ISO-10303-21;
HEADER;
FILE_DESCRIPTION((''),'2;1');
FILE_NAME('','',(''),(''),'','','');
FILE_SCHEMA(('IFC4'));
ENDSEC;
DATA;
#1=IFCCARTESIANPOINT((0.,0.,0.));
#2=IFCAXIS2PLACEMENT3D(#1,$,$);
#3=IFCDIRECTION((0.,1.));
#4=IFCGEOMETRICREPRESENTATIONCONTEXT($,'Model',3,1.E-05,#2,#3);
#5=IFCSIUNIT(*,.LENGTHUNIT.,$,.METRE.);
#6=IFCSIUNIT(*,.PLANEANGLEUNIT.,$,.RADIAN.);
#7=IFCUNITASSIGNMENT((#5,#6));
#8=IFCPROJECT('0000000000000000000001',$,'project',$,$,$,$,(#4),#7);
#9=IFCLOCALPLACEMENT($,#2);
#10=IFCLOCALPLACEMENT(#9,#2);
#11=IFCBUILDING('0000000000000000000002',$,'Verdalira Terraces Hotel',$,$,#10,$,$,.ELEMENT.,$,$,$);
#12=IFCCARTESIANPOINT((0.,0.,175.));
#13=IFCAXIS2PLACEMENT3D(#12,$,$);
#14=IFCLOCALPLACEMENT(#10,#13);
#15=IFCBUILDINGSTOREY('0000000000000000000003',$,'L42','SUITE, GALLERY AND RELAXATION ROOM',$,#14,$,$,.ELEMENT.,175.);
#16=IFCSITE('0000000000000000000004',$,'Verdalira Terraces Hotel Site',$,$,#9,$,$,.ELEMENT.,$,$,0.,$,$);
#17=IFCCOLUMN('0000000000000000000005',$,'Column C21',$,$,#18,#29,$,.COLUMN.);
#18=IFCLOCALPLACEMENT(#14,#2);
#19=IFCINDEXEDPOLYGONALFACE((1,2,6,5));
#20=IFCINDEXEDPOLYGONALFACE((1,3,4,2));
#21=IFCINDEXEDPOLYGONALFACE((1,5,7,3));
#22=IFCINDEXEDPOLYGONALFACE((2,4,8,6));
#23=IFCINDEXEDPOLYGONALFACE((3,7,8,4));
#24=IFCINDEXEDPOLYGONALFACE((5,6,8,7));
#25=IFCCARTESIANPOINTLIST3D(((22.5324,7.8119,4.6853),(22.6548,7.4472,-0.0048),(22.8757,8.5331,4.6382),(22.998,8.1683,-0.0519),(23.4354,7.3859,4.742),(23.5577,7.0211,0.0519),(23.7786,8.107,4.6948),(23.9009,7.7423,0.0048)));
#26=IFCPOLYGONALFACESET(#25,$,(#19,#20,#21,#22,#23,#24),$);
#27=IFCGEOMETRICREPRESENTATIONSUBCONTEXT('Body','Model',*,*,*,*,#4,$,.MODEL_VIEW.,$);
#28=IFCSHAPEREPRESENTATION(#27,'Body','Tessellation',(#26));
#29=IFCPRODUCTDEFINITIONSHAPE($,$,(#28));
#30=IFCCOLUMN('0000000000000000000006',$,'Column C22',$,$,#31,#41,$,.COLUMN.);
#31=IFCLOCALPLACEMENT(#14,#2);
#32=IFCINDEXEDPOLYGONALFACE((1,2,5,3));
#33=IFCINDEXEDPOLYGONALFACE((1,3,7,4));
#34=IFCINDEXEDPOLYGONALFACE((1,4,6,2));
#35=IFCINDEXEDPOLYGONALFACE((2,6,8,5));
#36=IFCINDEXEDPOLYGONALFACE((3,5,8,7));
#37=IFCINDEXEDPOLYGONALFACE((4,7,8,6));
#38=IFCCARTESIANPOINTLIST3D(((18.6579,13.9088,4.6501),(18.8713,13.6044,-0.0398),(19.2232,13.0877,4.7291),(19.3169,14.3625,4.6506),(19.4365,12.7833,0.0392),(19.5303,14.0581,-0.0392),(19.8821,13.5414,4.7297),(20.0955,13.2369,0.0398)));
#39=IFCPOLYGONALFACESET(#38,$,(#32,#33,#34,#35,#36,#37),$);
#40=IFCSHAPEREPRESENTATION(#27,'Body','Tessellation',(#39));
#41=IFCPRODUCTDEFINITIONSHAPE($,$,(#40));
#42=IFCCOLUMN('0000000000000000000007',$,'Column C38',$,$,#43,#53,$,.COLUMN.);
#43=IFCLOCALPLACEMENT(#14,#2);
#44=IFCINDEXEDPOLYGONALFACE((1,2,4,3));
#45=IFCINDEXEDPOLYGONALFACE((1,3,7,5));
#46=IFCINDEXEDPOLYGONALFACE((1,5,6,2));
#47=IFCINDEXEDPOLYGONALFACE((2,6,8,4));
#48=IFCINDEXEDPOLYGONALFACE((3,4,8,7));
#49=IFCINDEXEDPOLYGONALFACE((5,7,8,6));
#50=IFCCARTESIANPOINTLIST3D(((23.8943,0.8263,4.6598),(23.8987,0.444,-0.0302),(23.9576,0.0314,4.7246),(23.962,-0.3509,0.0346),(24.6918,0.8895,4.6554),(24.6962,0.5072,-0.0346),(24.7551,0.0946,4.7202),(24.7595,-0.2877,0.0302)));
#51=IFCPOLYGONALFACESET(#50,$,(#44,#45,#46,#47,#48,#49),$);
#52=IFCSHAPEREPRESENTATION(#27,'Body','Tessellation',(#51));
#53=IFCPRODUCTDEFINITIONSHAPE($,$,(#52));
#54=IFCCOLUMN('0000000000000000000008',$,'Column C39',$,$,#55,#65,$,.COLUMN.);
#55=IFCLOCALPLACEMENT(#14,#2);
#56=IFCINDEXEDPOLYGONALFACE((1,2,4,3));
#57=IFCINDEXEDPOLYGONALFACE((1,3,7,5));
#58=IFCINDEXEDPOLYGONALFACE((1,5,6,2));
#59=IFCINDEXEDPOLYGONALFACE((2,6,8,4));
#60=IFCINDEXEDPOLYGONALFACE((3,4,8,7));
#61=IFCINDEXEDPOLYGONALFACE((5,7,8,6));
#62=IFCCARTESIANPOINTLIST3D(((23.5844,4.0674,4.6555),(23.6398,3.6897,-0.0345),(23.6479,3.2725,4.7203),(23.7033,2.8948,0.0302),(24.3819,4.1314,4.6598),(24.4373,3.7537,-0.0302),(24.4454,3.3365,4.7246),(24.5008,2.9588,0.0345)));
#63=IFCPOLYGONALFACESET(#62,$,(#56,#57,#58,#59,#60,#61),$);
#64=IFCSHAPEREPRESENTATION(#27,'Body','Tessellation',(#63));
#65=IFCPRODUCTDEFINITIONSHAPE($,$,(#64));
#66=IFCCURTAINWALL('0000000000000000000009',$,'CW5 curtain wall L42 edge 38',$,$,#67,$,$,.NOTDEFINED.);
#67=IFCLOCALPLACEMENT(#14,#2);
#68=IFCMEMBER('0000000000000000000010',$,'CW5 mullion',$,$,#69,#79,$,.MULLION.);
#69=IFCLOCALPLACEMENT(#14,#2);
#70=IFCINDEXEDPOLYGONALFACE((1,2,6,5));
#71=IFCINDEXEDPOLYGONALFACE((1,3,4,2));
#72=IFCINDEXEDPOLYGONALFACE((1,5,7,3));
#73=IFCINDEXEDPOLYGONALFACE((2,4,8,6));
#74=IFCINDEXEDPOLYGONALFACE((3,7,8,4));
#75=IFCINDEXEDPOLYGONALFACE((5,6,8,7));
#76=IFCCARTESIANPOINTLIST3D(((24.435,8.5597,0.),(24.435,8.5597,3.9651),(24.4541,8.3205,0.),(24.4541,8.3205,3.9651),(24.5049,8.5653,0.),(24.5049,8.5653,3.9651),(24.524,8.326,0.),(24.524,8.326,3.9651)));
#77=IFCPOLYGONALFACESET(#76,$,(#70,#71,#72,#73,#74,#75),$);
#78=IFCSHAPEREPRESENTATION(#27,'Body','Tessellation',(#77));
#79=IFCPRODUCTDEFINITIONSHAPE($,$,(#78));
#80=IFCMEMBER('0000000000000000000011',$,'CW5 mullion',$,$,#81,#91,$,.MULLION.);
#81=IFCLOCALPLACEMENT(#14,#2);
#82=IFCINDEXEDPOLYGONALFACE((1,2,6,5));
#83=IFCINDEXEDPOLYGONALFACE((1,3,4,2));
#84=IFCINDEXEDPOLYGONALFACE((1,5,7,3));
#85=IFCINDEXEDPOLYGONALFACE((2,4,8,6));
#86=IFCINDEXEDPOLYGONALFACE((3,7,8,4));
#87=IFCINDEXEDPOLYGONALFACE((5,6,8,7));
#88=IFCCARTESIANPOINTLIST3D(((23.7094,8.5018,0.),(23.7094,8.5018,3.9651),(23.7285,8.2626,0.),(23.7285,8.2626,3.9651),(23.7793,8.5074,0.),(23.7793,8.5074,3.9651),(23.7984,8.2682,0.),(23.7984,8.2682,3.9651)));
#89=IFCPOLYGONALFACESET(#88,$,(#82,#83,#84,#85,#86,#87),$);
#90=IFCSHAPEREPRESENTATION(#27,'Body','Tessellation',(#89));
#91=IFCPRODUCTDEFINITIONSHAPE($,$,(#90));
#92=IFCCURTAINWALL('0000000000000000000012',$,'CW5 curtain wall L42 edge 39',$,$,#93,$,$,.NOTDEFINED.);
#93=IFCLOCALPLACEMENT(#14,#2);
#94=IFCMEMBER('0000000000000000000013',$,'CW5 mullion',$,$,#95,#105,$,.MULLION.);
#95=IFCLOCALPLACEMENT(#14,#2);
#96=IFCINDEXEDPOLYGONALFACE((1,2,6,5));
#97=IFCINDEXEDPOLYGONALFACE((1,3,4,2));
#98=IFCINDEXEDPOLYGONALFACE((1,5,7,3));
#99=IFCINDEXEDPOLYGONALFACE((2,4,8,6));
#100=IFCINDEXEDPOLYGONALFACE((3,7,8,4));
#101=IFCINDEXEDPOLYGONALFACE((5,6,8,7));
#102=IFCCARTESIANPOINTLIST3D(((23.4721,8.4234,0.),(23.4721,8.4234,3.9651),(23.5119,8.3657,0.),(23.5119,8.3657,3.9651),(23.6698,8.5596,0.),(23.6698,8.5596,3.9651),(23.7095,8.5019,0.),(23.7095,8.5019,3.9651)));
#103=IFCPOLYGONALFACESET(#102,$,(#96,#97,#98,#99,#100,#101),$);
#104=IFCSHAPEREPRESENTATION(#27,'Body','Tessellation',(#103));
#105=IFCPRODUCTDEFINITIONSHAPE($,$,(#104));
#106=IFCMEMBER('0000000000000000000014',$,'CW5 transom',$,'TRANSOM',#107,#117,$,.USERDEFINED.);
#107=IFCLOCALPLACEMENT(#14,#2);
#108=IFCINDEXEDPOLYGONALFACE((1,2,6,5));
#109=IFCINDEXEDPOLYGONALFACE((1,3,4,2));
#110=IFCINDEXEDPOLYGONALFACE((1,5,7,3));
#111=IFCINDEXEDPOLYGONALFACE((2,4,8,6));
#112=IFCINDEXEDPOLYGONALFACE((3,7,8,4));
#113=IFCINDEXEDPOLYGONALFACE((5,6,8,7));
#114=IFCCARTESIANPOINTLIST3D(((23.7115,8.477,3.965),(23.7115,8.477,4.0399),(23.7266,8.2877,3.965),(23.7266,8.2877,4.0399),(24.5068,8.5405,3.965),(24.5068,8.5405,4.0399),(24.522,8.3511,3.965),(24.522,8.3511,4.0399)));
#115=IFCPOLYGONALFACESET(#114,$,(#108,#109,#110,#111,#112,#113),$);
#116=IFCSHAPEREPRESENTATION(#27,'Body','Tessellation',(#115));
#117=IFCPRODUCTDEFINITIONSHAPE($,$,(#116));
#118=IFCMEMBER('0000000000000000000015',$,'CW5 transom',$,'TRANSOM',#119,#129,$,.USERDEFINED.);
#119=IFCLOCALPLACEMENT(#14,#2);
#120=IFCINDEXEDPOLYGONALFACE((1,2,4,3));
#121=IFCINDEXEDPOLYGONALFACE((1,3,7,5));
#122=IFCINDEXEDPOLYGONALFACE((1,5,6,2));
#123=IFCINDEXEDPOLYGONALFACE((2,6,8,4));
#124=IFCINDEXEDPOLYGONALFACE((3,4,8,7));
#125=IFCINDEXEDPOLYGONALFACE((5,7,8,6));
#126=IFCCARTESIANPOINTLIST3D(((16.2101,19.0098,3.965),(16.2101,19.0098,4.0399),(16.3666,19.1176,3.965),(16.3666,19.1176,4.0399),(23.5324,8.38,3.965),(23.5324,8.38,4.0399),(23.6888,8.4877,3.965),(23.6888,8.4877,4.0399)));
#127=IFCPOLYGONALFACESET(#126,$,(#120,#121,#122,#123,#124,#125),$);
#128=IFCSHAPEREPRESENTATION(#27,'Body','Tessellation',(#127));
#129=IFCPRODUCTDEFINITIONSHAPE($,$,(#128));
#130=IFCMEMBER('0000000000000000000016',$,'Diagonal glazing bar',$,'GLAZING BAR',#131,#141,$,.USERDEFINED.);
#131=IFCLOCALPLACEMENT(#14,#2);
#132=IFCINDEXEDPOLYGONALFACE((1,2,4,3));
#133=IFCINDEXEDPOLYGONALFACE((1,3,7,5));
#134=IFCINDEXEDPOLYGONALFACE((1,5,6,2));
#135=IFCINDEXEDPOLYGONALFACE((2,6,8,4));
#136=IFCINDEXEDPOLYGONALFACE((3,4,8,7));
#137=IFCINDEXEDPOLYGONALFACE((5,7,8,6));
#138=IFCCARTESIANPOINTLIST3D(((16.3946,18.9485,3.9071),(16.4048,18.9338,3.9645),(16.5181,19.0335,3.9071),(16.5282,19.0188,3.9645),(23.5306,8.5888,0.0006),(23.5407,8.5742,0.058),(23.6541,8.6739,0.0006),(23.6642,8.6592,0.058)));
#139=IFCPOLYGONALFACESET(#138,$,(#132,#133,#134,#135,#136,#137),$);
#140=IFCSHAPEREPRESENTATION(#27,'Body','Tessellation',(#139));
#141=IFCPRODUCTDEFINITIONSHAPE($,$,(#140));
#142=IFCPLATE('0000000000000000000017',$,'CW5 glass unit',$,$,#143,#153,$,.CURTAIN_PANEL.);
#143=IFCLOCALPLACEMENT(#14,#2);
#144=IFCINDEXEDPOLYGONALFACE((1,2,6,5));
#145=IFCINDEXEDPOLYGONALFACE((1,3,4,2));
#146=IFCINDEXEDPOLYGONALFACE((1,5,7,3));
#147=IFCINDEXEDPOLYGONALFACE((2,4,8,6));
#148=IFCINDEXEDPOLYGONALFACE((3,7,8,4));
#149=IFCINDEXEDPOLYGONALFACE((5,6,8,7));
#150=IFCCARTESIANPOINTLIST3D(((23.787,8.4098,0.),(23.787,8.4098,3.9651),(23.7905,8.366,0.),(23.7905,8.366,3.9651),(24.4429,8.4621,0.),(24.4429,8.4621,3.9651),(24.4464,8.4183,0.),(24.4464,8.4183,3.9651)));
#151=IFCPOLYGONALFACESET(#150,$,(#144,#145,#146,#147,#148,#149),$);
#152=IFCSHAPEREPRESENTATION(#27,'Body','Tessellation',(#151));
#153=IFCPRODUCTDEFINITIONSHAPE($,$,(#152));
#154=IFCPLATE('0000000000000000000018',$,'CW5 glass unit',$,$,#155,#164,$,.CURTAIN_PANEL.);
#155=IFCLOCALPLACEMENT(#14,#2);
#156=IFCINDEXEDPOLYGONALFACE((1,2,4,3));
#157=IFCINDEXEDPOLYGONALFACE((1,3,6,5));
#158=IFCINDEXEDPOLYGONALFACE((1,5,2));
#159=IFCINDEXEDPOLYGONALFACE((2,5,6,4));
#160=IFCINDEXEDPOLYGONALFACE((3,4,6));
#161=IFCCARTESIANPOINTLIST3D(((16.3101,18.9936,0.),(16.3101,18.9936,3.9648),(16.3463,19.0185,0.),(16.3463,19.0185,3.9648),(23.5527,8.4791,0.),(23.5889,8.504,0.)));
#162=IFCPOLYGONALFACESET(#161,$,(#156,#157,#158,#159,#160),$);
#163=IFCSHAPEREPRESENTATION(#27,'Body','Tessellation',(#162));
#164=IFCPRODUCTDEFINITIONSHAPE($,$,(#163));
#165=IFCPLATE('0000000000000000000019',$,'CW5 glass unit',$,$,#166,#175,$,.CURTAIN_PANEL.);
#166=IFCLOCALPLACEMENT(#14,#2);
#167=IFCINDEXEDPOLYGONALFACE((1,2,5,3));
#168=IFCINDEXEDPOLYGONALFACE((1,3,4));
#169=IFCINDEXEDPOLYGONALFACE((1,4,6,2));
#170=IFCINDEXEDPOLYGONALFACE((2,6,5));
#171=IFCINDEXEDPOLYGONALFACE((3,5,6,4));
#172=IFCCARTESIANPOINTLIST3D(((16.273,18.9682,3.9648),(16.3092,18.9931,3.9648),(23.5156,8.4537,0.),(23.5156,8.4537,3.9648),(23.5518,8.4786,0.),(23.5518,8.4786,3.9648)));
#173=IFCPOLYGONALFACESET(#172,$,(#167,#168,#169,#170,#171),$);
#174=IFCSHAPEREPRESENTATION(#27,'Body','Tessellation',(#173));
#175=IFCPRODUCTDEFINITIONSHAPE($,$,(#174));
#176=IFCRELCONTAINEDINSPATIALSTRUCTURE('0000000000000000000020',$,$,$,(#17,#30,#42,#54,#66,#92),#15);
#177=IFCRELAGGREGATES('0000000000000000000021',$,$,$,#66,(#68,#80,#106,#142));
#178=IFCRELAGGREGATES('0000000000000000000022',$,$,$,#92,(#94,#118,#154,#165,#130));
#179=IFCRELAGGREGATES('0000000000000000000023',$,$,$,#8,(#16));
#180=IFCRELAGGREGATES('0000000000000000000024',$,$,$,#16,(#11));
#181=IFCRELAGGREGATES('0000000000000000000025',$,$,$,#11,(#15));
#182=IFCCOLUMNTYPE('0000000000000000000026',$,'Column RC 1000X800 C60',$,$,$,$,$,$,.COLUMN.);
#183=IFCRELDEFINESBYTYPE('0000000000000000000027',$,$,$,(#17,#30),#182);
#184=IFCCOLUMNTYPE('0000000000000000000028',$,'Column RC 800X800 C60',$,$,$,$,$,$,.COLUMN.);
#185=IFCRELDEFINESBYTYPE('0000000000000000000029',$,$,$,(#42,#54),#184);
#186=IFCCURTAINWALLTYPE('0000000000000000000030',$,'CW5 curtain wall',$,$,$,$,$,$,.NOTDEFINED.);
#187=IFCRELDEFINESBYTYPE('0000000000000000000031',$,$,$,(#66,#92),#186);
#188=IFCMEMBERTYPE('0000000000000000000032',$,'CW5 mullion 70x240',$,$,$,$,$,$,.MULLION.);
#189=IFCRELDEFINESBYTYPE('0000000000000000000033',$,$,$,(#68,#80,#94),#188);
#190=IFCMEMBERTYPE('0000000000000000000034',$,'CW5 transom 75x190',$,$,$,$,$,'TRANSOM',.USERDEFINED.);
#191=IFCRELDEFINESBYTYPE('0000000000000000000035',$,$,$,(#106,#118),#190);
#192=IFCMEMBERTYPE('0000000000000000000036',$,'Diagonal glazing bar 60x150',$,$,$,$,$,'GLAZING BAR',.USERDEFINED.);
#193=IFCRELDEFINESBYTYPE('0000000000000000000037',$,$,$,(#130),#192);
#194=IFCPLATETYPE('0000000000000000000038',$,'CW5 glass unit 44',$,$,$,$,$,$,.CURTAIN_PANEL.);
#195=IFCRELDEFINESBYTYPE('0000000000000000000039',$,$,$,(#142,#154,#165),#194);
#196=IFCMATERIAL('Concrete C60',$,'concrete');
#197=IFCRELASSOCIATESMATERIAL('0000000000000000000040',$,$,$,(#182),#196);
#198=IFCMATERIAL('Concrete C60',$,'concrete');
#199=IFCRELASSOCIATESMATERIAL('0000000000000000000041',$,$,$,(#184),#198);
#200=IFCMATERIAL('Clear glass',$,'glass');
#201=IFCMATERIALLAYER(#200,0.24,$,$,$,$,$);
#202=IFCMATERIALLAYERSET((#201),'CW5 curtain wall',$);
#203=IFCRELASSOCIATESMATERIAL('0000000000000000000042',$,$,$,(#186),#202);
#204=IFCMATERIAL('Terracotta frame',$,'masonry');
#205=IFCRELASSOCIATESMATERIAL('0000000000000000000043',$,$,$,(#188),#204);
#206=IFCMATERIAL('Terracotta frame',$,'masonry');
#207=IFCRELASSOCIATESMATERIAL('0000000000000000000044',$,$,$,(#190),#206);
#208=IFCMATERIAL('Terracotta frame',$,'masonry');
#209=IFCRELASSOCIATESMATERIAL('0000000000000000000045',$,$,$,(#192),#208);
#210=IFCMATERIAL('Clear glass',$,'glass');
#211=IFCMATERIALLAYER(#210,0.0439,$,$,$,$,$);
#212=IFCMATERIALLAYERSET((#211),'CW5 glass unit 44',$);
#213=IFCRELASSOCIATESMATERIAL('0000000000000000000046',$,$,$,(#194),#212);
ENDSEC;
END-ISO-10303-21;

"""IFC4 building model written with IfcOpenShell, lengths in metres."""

from ifc_helpers import new_model, si_unit, direction, frame, origin, origin_2d, place, context, subcontext, project, spatial, polyline, rectangle, outline, extrude, material, layer, layer_set, material_profile, profile_set, type_object, element, aggregate, save


model = new_model("IFC4")

# Units and contexts
model_context = context("Model", 3, precision=1e-05, world=origin(), true_north=direction((0.0, 1.0)))
body_context = subcontext(model_context, "Body", "Model", "MODEL_VIEW")
ifc_project = project(units=[si_unit("LENGTHUNIT", "METRE"), si_unit("PLANEANGLEUNIT", "RADIAN")], contexts=[model_context])

# Site, building, storey
site_placement = place(None, origin())
site = spatial("IfcSite", under=ifc_project, at=site_placement, Name="Verdalira Terraces Hotel Site", CompositionType="ELEMENT", RefElevation=0.0)
building_placement = place(site_placement, origin())
building = spatial("IfcBuilding", under=site, at=building_placement, Name="Verdalira Terraces Hotel", CompositionType="ELEMENT")
storey_placement = place(building_placement, frame((0.0, 0.0, 175.0)))
storey = spatial("IfcBuildingStorey", under=building, at=storey_placement, Name="L42", Description="SUITE, GALLERY AND RELAXATION ROOM", CompositionType="ELEMENT", Elevation=175.0)

# Columns
ifc_material_1 = material(Name="Concrete C60", Category="concrete")
ifc_material_profile_1 = material_profile(ifc_material_1, rectangle(XDim=1.0, YDim=0.8, at=origin_2d()), Name="RC 1000X800")
ifc_profile_set_1 = profile_set([ifc_material_profile_1], Name="Concrete C60")
column_type_1 = type_object("IfcColumnType", Name="Column RC 1000X800 C60", PredefinedType="COLUMN", material=ifc_profile_set_1)
column_1_placement = place(storey_placement, frame((23.2778, 7.5947, 0.0), z_axis=(-0.025993, 0.077512, 0.996653), x_axis=(0.902934, -0.426026, 0.056682)))
element("IfcColumn", 1, at=column_1_placement, inside=storey, type_object=column_type_1, Name="Column C21", PredefinedType="COLUMN", context=body_context, shape_type="SweptSolid", body=[
    extrude(rectangle(XDim=1.0, YDim=0.8, at=origin_2d()), origin(), (0.0, 0.0, 1.0), 4.7058),
])
column_2_placement = place(storey_placement, frame((19.4834, 13.4207, 0.0), z_axis=(-0.045355, 0.064711, 0.996873), x_axis=(-0.56525, 0.821126, -0.07902)))
element("IfcColumn", 2, at=column_2_placement, inside=storey, type_object=column_type_1, Name="Column C22", PredefinedType="COLUMN", context=body_context, shape_type="SweptSolid", body=[
    extrude(rectangle(XDim=1.0, YDim=0.8, at=origin_2d()), origin(), (0.0, 0.0, 1.0), 4.7046),
])
ifc_material_2 = material(Name="Concrete C60", Category="concrete")
ifc_material_profile_2 = material_profile(ifc_material_2, rectangle(XDim=0.8, YDim=0.8, at=origin_2d()), Name="RC 800X800")
ifc_profile_set_2 = profile_set([ifc_material_profile_2], Name="Concrete C60")
column_type_2 = type_object("IfcColumnType", Name="Column RC 800X800 C60", PredefinedType="COLUMN", material=ifc_profile_set_2)
for number, where, z_axis, x_axis, name in (
    (3, (24.3291, 0.0781, 0.0), (-0.000934, 0.08125, 0.996693), (0.996862, 0.078963, -0.005503), "Column C38"),
    (4, (24.0703, 3.3242, 0.0), (-0.011778, 0.080266, 0.996704), (0.996779, 0.080016, 0.005335), "Column C39"),
):
    element("IfcColumn", number, at=place(storey_placement, frame(where, z_axis=z_axis, x_axis=x_axis)), inside=storey, type_object=column_type_2, Name=name, PredefinedType="COLUMN", context=body_context, shape_type="SweptSolid", body=[
        extrude(rectangle(XDim=0.8, YDim=0.8, at=origin_2d()), origin(), (0.0, 0.0, 1.0), 4.7056),
    ])

# Curtain wall, members
ifc_material_3 = material(Name="Clear glass", Category="glass")
ifc_layer_1 = layer(ifc_material_3, 0.24)
ifc_layer_set_1 = layer_set([ifc_layer_1], Name="CW5 curtain wall")
curtain_wall_type = type_object("IfcCurtainWallType", Name="CW5 curtain wall", PredefinedType="NOTDEFINED", material=ifc_layer_set_1)
curtain_wall_1_placement = place(storey_placement, origin())
curtain_wall_1 = element("IfcCurtainWall", 5, at=curtain_wall_1_placement, inside=storey, type_object=curtain_wall_type, Name="CW5 curtain wall L42 edge 38", PredefinedType="NOTDEFINED")
ifc_material_4 = material(Name="Terracotta frame", Category="masonry")
ifc_material_profile_3 = material_profile(ifc_material_4, rectangle(XDim=0.0701, YDim=0.24, at=origin_2d()), Name="MU 70x240")
ifc_profile_set_3 = profile_set([ifc_material_profile_3], Name="Terracotta frame")
member_type_1 = type_object("IfcMemberType", Name="CW5 mullion 70x240", PredefinedType="MULLION", material=ifc_profile_set_3)
member_1_placement = place(storey_placement, frame((24.4795, 8.4429, 0.0), z_axis=(0.0, 0.0, 1.0), x_axis=(-0.996835, -0.079503, 0.0)))
member_1 = element("IfcMember", 6, at=member_1_placement, type_object=member_type_1, Name="CW5 mullion", PredefinedType="MULLION", context=body_context, shape_type="SweptSolid", body=[
    extrude(rectangle(XDim=0.0701, YDim=0.24, at=origin_2d()), origin(), (0.0, 0.0, 1.0), 3.9651),
])
member_2_placement = place(storey_placement, frame((23.7539, 8.385, 0.0), z_axis=(0.0, 0.0, 1.0), x_axis=(-0.996835, -0.079503, 0.0)))
member_2 = element("IfcMember", 7, at=member_2_placement, type_object=member_type_1, Name="CW5 mullion", PredefinedType="MULLION", context=body_context, shape_type="SweptSolid", body=[
    extrude(rectangle(XDim=0.0701, YDim=0.24, at=origin_2d()), origin(), (0.0, 0.0, 1.0), 3.9651),
])

# Curtain wall, member
curtain_wall_2_placement = place(storey_placement, origin())
curtain_wall_2 = element("IfcCurtainWall", 8, at=curtain_wall_2_placement, inside=storey, type_object=curtain_wall_type, Name="CW5 curtain wall L42 edge 39", PredefinedType="NOTDEFINED")
member_3_placement = place(storey_placement, frame((23.5908, 8.4626, 0.0), z_axis=(0.0, 0.0, 1.0), x_axis=(-0.567269, 0.823533, 0.0)))
member_3 = element("IfcMember", 9, at=member_3_placement, type_object=member_type_1, Name="CW5 mullion", PredefinedType="MULLION", context=body_context, shape_type="SweptSolid", body=[
    extrude(rectangle(XDim=0.0701, YDim=0.24, at=origin_2d()), origin(), (0.0, 0.0, 1.0), 3.9651),
])

# Members
ifc_material_5 = material(Name="Terracotta frame", Category="masonry")
ifc_material_profile_4 = material_profile(ifc_material_5, rectangle(XDim=0.1899, YDim=0.075, at=origin_2d()), Name="TR 75x190")
ifc_profile_set_4 = profile_set([ifc_material_profile_4], Name="Terracotta frame")
member_type_2 = type_object("IfcMemberType", Name="CW5 transom 75x190", ElementType="TRANSOM", PredefinedType="USERDEFINED", material=ifc_profile_set_4)
member_4_placement = place(storey_placement, frame((24.5144, 8.4458, 4.0024), z_axis=(-0.996831, -0.079551, 0.0), x_axis=(0.079551, -0.996831, 0.0)))
member_4 = element("IfcMember", 10, at=member_4_placement, type_object=member_type_2, Name="CW5 transom", ObjectType="TRANSOM", PredefinedType="USERDEFINED", context=body_context, shape_type="SweptSolid", body=[
    extrude(rectangle(XDim=0.1899, YDim=0.075, at=origin_2d()), origin(), (0.0, 0.0, 1.0), 0.7979),
])
member_5_placement = place(storey_placement, frame((23.6106, 8.4338, 4.0024), z_axis=(-0.567277, 0.823527, 0.0), x_axis=(-0.823527, -0.567277, 0.0)))
member_5 = element("IfcMember", 11, at=member_5_placement, type_object=member_type_2, Name="CW5 transom", ObjectType="TRANSOM", PredefinedType="USERDEFINED", context=body_context, shape_type="SweptSolid", body=[
    extrude(rectangle(XDim=0.1899, YDim=0.075, at=origin_2d()), origin(), (0.0, 0.0, 1.0), 12.9077),
])
ifc_material_6 = material(Name="Terracotta frame", Category="masonry")
ifc_material_profile_5 = material_profile(ifc_material_6, rectangle(XDim=0.1499, YDim=0.0601, at=origin_2d()), Name="GB 60x150")
ifc_profile_set_5 = profile_set([ifc_material_profile_5], Name="Terracotta frame")
member_type_3 = type_object("IfcMemberType", Name="Diagonal glazing bar 60x150", ElementType="GLAZING BAR", PredefinedType="USERDEFINED", material=ifc_profile_set_5)
member_6_placement = place(storey_placement, frame((23.5974, 8.624, 0.0293), z_axis=(-0.541749, 0.786481, 0.296573), x_axis=(-0.823531, -0.567271, 0.0)))
member_6 = element("IfcMember", 12, at=member_6_placement, type_object=member_type_3, Name="Diagonal glazing bar", ObjectType="GLAZING BAR", PredefinedType="USERDEFINED", context=body_context, shape_type="SweptSolid", body=[
    extrude(rectangle(XDim=0.1499, YDim=0.0601, at=origin_2d()), origin(), (0.0, 0.0, 1.0), 13.1721),
])

# Plates
ifc_material_7 = material(Name="Clear glass", Category="glass")
ifc_layer_2 = layer(ifc_material_7, 0.0439)
ifc_layer_set_2 = layer_set([ifc_layer_2], Name="CW5 glass unit 44")
plate_type = type_object("IfcPlateType", Name="CW5 glass unit 44", PredefinedType="CURTAIN_PANEL", material=ifc_layer_set_2)
plate_1_placement = place(storey_placement, frame((24.1167, 8.4141, 0.0), z_axis=(0.0, 0.0, 1.0), x_axis=(-0.996835, -0.079503, 0.0)))
plate_1 = element("IfcPlate", 13, at=plate_1_placement, type_object=plate_type, Name="CW5 glass unit", PredefinedType="CURTAIN_PANEL", context=body_context, shape_type="SweptSolid", body=[
    extrude(rectangle(XDim=0.658, YDim=0.0439, at=origin_2d()), origin(), (0.0, 0.0, 1.0), 3.9651),
])
aggregate(curtain_wall_1, [member_1, member_2, member_4, plate_1])
plate_2_placement = place(storey_placement, frame((19.9314, 13.7363, 1.9824), z_axis=(0.823533, 0.567269, 0.0), x_axis=(-0.567269, 0.823533, 0.0)))
plate_2 = element("IfcPlate", 14, at=plate_2_placement, type_object=plate_type, Name="CW5 glass unit", PredefinedType="CURTAIN_PANEL", context=body_context, shape_type="SweptSolid", body=[
    extrude(outline(polyline([(-6.3838, -1.9824), (6.3838, -1.9824), (6.3838, 1.9824), (-6.3838, -1.9824)])), origin(), (0.0, 0.0, 1.0), 0.0439),
])
plate_3_placement = place(storey_placement, frame((19.8943, 13.7109, 1.9824), z_axis=(0.823533, 0.567269, 0.0), x_axis=(-0.567269, 0.823533, 0.0)))
plate_3 = element("IfcPlate", 15, at=plate_3_placement, type_object=plate_type, Name="CW5 glass unit", PredefinedType="CURTAIN_PANEL", context=body_context, shape_type="SweptSolid", body=[
    extrude(outline(polyline([(-6.3838, -1.9824), (6.3838, 1.9824), (-6.3838, 1.9824), (-6.3838, -1.9824)])), origin(), (0.0, 0.0, 1.0), 0.0439),
])
aggregate(curtain_wall_2, [member_3, member_5, plate_2, plate_3, member_6])

save(model, "model.ifc")
